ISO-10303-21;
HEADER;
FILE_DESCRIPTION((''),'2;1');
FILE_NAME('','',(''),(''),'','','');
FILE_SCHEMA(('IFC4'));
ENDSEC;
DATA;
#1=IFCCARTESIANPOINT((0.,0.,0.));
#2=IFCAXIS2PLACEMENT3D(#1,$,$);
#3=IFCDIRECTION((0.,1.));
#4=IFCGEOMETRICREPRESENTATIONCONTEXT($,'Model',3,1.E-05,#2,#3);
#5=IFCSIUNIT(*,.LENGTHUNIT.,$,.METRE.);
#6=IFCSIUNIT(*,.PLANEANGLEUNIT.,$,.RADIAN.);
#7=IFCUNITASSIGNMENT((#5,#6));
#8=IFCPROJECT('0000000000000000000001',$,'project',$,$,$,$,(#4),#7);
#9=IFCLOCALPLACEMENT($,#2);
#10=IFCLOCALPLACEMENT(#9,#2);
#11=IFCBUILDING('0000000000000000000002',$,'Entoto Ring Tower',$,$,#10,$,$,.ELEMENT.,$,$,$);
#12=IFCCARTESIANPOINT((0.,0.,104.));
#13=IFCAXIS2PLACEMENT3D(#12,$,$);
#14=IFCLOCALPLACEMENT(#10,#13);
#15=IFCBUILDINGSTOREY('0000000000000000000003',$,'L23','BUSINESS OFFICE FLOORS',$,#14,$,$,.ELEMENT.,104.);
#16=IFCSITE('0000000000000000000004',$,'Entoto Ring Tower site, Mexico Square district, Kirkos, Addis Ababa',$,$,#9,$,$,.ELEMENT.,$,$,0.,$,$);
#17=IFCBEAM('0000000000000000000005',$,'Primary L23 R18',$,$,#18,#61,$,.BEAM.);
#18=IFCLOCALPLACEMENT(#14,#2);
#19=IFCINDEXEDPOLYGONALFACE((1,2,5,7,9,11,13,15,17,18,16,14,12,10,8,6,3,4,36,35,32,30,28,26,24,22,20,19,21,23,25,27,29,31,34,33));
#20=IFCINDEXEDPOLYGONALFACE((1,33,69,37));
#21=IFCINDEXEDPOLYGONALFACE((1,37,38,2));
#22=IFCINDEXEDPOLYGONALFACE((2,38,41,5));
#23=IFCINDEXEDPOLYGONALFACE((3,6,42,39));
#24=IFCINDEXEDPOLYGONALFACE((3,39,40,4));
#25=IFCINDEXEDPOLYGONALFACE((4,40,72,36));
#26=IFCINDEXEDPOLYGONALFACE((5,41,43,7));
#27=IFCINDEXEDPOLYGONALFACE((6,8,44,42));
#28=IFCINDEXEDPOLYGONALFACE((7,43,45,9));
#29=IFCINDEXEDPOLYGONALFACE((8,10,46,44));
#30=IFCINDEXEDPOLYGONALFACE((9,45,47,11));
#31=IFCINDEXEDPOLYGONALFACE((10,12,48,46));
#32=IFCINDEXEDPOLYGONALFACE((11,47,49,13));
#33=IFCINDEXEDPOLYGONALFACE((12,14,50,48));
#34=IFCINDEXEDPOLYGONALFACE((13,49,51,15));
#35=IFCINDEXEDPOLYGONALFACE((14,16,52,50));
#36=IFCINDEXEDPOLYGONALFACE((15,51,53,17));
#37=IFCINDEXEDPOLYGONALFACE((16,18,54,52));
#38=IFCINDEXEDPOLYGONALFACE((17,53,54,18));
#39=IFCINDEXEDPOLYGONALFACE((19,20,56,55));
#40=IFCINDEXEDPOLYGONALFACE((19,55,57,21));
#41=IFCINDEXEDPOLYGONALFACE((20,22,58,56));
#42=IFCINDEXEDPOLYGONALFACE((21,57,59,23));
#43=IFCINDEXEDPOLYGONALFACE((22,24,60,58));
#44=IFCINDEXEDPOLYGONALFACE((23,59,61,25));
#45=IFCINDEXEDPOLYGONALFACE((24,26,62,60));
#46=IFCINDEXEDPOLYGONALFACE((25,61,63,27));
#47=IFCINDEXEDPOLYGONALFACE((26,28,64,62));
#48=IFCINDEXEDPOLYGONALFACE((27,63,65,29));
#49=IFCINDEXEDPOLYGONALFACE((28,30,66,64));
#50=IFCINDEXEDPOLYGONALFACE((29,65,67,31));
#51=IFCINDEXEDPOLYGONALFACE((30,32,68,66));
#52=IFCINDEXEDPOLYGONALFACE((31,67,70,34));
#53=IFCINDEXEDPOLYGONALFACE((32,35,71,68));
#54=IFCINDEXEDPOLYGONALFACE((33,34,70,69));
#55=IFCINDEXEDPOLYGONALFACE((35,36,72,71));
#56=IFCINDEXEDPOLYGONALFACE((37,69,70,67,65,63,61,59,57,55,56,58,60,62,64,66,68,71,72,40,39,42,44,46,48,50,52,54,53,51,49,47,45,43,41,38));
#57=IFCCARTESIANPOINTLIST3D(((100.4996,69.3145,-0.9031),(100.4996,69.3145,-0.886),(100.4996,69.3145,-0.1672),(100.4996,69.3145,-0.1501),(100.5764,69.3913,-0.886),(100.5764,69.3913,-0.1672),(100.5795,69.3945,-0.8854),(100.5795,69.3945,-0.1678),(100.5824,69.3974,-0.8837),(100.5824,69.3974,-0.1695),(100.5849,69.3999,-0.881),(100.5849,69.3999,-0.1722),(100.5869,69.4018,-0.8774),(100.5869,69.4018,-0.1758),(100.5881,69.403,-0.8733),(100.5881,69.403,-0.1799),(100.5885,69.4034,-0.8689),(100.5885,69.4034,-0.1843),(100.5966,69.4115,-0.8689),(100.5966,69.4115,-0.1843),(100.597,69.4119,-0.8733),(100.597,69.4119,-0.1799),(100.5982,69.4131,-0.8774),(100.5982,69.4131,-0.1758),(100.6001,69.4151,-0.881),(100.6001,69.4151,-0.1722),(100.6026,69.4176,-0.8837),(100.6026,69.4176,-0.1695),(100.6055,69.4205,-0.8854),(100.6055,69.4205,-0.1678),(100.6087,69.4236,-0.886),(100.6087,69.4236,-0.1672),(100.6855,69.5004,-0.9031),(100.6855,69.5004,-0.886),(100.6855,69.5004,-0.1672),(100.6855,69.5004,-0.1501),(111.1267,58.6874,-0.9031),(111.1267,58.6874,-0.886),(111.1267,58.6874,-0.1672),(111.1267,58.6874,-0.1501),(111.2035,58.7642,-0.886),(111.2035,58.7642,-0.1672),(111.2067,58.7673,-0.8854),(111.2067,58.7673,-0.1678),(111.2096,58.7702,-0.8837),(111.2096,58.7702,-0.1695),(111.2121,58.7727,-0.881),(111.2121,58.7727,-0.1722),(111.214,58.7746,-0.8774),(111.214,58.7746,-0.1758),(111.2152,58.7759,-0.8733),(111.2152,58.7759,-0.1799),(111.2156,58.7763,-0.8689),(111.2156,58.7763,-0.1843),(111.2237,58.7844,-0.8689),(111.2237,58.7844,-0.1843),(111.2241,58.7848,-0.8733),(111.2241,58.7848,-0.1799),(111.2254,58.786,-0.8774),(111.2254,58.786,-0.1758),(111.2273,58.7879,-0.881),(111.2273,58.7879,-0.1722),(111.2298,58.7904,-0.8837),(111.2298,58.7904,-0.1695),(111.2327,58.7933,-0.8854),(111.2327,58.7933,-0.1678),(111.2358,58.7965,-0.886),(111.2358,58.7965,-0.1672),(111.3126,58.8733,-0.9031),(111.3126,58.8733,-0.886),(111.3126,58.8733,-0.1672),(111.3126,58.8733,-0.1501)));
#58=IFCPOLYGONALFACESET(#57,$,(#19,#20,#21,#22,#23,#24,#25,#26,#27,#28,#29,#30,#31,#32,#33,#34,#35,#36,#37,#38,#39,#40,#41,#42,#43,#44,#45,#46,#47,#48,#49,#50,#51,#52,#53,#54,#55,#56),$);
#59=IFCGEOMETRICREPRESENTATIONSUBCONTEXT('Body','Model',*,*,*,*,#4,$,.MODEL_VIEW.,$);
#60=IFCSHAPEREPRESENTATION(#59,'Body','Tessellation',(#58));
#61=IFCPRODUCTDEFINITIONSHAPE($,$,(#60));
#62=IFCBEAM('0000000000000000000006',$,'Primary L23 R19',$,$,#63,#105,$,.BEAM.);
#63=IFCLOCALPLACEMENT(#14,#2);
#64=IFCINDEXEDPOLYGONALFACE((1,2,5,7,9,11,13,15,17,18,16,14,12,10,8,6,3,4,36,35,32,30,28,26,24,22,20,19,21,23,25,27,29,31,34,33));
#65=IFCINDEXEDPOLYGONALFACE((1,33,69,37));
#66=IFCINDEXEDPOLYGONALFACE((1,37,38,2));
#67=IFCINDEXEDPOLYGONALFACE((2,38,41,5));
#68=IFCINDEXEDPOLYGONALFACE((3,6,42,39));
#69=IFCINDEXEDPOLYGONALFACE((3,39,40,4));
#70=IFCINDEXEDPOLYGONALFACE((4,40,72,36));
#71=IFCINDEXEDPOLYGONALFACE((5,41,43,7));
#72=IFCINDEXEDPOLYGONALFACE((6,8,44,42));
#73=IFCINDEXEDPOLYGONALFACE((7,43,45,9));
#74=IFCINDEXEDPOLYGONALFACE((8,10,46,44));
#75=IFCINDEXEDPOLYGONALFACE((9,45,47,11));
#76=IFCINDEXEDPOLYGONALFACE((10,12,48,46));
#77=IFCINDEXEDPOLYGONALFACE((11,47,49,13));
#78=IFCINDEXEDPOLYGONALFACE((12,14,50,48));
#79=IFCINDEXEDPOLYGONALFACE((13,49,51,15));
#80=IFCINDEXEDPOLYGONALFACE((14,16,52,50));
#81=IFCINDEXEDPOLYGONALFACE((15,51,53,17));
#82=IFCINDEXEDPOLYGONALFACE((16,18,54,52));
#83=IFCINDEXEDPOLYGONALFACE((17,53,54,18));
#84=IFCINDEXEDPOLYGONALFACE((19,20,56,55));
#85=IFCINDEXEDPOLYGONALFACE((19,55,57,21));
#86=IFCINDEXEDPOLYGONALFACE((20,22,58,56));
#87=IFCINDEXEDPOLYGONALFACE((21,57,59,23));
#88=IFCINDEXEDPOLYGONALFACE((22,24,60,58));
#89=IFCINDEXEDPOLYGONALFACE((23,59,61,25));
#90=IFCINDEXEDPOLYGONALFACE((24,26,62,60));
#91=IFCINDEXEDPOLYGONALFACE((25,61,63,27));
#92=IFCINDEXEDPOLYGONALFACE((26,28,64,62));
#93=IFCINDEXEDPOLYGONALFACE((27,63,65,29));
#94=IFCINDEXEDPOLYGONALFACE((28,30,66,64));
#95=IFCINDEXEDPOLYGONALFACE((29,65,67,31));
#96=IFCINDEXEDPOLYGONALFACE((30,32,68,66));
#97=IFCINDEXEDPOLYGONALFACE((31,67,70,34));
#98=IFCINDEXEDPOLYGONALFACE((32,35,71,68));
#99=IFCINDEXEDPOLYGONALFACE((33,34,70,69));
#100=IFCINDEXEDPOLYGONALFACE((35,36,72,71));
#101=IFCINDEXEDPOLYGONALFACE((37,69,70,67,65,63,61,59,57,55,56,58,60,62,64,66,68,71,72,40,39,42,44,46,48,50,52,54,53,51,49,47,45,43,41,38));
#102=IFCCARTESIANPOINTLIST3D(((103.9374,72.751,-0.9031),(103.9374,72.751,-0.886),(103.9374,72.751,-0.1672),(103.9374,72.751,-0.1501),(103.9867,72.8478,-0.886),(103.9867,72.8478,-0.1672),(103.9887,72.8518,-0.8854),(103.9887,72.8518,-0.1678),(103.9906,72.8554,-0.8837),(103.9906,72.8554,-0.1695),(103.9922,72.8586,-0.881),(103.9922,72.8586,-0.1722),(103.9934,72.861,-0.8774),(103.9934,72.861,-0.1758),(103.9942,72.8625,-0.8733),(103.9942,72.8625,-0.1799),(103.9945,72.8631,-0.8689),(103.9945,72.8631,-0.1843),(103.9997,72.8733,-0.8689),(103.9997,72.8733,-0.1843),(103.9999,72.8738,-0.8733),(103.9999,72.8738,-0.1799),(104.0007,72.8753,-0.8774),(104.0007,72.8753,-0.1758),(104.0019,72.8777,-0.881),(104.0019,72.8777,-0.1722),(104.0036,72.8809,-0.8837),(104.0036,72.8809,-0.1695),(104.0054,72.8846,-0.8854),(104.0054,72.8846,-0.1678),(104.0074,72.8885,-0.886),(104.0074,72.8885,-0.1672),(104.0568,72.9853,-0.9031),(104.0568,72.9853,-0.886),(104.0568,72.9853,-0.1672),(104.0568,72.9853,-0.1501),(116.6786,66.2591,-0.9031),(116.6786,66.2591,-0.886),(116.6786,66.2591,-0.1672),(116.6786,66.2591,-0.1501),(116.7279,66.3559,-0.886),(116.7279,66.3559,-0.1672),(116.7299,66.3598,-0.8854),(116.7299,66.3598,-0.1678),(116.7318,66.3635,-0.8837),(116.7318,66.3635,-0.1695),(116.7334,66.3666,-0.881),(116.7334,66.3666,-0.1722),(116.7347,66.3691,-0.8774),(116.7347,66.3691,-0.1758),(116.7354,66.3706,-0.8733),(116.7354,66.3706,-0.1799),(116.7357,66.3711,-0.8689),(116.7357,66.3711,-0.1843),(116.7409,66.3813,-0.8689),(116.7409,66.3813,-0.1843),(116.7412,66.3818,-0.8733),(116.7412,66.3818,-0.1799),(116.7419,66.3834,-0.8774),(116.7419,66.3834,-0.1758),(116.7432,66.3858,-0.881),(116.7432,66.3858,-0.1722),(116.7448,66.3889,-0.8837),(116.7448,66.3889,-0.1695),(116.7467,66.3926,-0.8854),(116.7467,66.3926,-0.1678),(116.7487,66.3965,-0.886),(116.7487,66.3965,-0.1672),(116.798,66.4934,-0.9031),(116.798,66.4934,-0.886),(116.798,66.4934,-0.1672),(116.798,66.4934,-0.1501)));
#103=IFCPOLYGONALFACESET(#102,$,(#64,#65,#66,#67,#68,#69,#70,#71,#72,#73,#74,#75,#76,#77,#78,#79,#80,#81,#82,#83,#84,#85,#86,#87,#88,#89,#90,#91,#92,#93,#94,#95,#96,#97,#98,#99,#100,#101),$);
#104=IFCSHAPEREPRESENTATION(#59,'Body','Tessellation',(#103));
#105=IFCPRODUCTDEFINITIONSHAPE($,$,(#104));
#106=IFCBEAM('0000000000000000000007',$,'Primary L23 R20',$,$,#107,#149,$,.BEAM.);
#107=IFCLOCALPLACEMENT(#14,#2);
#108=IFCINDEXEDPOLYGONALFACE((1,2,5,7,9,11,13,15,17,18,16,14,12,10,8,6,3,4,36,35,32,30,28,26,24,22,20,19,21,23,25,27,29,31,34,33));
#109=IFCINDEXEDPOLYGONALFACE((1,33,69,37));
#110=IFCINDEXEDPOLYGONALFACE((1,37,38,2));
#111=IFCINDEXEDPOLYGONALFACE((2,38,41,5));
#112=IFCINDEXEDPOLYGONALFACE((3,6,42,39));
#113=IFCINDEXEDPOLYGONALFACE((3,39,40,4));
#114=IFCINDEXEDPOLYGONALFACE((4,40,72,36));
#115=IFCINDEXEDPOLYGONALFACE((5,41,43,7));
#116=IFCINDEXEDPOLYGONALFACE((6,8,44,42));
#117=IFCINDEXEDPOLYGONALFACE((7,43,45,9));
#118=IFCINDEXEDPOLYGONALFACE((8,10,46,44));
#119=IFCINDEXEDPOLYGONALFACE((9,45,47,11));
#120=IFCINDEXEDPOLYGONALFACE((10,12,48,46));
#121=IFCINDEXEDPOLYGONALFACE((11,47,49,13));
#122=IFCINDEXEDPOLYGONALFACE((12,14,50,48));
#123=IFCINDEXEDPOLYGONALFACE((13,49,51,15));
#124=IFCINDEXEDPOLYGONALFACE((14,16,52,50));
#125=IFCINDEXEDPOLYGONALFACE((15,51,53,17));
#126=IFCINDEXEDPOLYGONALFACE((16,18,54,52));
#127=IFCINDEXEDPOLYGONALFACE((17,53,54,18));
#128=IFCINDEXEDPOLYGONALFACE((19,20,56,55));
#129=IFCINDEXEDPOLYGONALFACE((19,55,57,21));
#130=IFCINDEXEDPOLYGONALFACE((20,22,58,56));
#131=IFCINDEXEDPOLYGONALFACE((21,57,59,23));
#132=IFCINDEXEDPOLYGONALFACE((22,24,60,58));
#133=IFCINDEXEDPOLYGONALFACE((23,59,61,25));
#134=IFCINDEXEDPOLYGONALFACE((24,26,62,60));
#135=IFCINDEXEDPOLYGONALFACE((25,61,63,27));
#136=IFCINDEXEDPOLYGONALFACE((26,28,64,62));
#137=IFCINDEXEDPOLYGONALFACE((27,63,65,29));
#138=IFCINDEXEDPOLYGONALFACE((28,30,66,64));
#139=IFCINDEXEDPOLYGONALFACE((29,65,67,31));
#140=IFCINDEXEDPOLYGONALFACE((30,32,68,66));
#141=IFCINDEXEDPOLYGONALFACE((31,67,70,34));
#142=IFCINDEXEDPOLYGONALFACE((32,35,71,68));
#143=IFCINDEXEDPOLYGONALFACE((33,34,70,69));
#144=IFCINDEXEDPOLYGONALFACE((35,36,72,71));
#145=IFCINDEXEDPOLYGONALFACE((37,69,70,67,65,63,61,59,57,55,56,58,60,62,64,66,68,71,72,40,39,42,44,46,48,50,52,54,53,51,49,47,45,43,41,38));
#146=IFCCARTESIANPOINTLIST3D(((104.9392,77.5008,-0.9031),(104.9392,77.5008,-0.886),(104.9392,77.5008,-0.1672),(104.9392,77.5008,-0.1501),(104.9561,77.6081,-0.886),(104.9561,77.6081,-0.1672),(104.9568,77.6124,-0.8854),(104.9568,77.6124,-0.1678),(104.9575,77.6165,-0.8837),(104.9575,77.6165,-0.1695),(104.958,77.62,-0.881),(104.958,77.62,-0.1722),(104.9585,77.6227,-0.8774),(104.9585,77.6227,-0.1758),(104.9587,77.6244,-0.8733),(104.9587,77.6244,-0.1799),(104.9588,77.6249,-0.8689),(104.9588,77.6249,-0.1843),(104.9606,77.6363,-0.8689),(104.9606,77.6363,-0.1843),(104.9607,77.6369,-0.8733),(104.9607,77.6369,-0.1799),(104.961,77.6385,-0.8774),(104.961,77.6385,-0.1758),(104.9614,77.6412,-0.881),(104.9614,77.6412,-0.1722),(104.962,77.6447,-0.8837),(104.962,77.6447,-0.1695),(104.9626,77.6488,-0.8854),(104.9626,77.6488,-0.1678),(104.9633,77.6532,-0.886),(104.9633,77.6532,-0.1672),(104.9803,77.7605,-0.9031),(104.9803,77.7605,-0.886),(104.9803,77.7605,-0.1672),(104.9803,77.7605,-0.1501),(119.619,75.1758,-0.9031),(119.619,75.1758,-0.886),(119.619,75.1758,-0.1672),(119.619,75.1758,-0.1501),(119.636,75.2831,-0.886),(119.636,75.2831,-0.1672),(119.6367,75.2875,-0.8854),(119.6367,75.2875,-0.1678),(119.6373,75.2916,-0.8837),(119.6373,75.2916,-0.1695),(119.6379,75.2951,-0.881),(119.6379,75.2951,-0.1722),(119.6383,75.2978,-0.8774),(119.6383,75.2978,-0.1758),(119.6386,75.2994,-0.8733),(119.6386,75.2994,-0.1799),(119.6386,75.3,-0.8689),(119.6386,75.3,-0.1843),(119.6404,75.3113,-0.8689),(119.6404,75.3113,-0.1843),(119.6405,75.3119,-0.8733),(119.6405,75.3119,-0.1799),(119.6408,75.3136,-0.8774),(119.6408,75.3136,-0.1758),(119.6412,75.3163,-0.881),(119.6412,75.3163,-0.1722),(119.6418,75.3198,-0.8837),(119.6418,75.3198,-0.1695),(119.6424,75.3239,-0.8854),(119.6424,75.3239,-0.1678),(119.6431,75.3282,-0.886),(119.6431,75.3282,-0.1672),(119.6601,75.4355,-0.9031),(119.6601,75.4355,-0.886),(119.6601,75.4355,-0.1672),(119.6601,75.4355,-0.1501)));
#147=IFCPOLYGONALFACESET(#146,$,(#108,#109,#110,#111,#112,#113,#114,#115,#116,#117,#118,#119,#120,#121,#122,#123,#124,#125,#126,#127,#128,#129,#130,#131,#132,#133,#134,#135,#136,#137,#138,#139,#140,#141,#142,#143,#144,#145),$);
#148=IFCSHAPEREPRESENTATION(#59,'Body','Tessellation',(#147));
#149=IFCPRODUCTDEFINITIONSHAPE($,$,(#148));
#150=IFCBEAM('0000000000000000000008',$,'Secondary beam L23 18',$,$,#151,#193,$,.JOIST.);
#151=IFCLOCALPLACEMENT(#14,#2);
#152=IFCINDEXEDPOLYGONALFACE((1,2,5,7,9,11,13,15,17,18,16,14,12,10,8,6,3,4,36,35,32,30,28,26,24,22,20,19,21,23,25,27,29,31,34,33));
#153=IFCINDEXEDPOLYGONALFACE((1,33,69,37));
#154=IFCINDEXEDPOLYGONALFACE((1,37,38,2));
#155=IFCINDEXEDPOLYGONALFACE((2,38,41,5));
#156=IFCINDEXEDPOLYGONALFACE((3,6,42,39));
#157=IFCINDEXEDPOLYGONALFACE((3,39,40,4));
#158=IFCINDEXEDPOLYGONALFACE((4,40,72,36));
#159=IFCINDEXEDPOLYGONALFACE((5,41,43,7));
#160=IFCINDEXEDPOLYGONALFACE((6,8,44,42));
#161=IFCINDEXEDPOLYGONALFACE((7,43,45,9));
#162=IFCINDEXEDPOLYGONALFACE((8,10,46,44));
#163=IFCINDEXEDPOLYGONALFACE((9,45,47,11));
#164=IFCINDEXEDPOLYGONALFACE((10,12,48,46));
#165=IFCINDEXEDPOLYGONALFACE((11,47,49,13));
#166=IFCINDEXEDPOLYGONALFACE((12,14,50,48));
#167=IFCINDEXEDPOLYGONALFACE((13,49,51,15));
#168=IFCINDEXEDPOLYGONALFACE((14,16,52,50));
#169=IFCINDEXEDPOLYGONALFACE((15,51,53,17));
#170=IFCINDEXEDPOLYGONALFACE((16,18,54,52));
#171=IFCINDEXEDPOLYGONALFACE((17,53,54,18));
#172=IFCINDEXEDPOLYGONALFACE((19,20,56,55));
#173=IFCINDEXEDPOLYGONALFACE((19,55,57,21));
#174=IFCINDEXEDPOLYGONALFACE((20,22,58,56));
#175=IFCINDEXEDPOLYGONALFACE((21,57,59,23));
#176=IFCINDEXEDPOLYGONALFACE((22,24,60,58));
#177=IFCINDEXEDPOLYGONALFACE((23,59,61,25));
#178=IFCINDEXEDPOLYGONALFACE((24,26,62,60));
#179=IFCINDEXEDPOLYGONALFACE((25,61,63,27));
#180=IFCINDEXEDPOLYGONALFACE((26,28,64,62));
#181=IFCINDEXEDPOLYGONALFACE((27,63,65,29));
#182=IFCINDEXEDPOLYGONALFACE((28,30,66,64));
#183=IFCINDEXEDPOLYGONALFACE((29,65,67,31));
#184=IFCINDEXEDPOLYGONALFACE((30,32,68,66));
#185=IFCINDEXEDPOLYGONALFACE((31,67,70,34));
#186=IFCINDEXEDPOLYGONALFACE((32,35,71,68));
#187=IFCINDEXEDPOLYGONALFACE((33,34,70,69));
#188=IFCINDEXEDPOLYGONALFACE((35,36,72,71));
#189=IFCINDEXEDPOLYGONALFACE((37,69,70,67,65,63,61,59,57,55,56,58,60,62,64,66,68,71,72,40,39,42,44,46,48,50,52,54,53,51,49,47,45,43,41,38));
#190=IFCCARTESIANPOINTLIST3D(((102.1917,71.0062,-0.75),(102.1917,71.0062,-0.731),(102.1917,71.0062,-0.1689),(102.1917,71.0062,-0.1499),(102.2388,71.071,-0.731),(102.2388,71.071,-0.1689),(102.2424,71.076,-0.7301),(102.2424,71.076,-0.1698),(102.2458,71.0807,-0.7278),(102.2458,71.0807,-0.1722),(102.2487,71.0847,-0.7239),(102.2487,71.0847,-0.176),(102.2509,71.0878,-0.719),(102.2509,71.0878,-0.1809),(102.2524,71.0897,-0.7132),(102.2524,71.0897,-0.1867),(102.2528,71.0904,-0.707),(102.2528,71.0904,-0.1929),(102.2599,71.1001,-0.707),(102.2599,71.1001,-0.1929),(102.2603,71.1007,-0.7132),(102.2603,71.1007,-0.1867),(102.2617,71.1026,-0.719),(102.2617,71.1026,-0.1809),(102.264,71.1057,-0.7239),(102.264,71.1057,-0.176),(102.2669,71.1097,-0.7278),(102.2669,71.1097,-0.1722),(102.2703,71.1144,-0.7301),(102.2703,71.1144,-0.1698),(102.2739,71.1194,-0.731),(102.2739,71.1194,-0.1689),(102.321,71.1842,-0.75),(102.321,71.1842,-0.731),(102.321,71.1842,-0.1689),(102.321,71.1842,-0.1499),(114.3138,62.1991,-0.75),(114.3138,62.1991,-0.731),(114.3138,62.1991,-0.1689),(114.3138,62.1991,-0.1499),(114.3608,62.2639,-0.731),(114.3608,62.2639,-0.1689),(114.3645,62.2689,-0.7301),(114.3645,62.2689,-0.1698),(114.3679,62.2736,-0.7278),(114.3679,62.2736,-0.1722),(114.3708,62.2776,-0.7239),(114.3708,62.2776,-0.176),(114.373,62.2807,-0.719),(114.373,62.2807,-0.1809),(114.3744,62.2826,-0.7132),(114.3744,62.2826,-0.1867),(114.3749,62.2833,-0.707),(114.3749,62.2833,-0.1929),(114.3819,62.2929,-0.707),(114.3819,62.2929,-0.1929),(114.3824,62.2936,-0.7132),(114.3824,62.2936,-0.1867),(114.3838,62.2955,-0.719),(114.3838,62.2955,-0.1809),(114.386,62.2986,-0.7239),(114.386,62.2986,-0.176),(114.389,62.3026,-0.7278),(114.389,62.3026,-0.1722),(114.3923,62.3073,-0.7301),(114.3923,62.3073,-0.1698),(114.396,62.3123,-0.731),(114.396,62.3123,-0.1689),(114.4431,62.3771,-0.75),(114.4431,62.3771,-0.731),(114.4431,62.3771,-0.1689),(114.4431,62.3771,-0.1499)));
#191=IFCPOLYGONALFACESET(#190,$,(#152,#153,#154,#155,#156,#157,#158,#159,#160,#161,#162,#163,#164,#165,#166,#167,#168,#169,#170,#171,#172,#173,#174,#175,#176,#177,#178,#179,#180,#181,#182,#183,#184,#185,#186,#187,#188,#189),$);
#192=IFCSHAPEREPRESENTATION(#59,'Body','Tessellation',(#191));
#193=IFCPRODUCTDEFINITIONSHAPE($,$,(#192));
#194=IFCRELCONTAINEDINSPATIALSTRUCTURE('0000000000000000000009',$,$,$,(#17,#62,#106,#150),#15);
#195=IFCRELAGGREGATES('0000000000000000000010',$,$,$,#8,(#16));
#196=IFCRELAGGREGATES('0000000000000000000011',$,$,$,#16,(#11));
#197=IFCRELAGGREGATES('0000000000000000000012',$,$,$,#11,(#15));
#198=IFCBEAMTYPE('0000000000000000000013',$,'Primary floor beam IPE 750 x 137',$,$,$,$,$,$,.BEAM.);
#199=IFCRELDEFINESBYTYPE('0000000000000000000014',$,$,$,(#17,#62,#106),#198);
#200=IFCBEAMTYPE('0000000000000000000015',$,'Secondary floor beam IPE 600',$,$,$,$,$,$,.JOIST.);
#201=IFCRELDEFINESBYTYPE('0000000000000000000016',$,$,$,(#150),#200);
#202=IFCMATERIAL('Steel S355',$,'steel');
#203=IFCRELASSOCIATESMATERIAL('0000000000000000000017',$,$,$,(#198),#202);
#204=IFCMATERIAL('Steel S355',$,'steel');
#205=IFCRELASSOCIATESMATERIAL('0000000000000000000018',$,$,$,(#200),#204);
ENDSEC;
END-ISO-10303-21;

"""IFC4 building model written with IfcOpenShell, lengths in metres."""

from ifc_helpers import new_model, si_unit, direction, frame, origin, origin_2d, place, context, subcontext, project, spatial, i_section, extrude, material, material_profile, profile_set, type_object, element, save


model = new_model("IFC4")

# Units and contexts
model_context = context("Model", 3, precision=1e-05, world=origin(), true_north=direction((0.0, 1.0)))
body_context = subcontext(model_context, "Body", "Model", "MODEL_VIEW")
ifc_project = project(units=[si_unit("LENGTHUNIT", "METRE"), si_unit("PLANEANGLEUNIT", "RADIAN")], contexts=[model_context])

# Site, building, storey
site_placement = place(None, origin())
site = spatial("IfcSite", under=ifc_project, at=site_placement, Name="Entoto Ring Tower site, Mexico Square district, Kirkos, Addis Ababa", CompositionType="ELEMENT", RefElevation=0.0)
building_placement = place(site_placement, origin())
building = spatial("IfcBuilding", under=site, at=building_placement, Name="Entoto Ring Tower", CompositionType="ELEMENT")
storey_placement = place(building_placement, frame((0.0, 0.0, 104.0)))
storey = spatial("IfcBuildingStorey", under=building, at=storey_placement, Name="L23", Description="BUSINESS OFFICE FLOORS", CompositionType="ELEMENT", Elevation=104.0)

# Beams
ifc_material_1 = material(Name="Steel S355", Category="steel")
ifc_material_profile_1 = material_profile(ifc_material_1, i_section(OverallWidth=0.2629, OverallDepth=0.7529, WebThickness=0.0115, FlangeThickness=0.0171, FilletRadius=0.0171, at=origin_2d()), Name="IPE 750 x 137")
ifc_profile_set_1 = profile_set([ifc_material_profile_1], Name="Steel S355")
beam_type_1 = type_object("IfcBeamType", Name="Primary floor beam IPE 750 x 137", PredefinedType="BEAM", material=ifc_profile_set_1)
beam_1_placement = place(storey_placement, frame((100.5925, 69.4075, -0.5266), z_axis=(0.707107, -0.707107, 0.0), x_axis=(0.707107, 0.707107, 0.0)))
element("IfcBeam", 1, at=beam_1_placement, inside=storey, type_object=beam_type_1, Name="Primary L23 R18", PredefinedType="BEAM", context=body_context, shape_type="SweptSolid", body=[
    extrude(i_section(OverallWidth=0.2629, OverallDepth=0.7529, WebThickness=0.0115, FlangeThickness=0.0171, FilletRadius=0.0171, at=origin_2d()), origin(), (0.0, 0.0, 1.0), 15.0291),
])
beam_2_placement = place(storey_placement, frame((103.9971, 72.8682, -0.5266), z_axis=(0.891007, -0.453989, 0.0), x_axis=(0.453989, 0.891007, 0.0)))
element("IfcBeam", 2, at=beam_2_placement, inside=storey, type_object=beam_type_1, Name="Primary L23 R19", PredefinedType="BEAM", context=body_context, shape_type="SweptSolid", body=[
    extrude(i_section(OverallWidth=0.2629, OverallDepth=0.7529, WebThickness=0.0115, FlangeThickness=0.0171, FilletRadius=0.0171, at=origin_2d()), origin(), (0.0, 0.0, 1.0), 14.2998),
])
beam_3_placement = place(storey_placement, frame((104.9597, 77.6306, -0.5266), z_axis=(0.98769, -0.156426, 0.0), x_axis=(0.156426, 0.98769, 0.0)))
element("IfcBeam", 3, at=beam_3_placement, inside=storey, type_object=beam_type_1, Name="Primary L23 R20", PredefinedType="BEAM", context=body_context, shape_type="SweptSolid", body=[
    extrude(i_section(OverallWidth=0.2629, OverallDepth=0.7529, WebThickness=0.0115, FlangeThickness=0.0171, FilletRadius=0.0171, at=origin_2d()), origin(), (0.0, 0.0, 1.0), 14.8628),
])
ifc_material_2 = material(Name="Steel S355", Category="steel")
ifc_material_profile_2 = material_profile(ifc_material_2, i_section(OverallWidth=0.22, OverallDepth=0.6001, WebThickness=0.012, FlangeThickness=0.019, FilletRadius=0.0239, at=origin_2d()), Name="IPE 600")
ifc_profile_set_2 = profile_set([ifc_material_profile_2], Name="Steel S355")
beam_type_2 = type_object("IfcBeamType", Name="Secondary floor beam IPE 600", PredefinedType="JOIST", material=ifc_profile_set_2)
beam_4_placement = place(storey_placement, frame((102.2563, 71.0952, -0.45), z_axis=(0.809019, -0.587782, 0.0), x_axis=(0.587782, 0.809019, 0.0)))
element("IfcBeam", 4, at=beam_4_placement, inside=storey, type_object=beam_type_2, Name="Secondary beam L23 18", PredefinedType="JOIST", context=body_context, shape_type="SweptSolid", body=[
    extrude(i_section(OverallWidth=0.22, OverallDepth=0.6001, WebThickness=0.012, FlangeThickness=0.019, FilletRadius=0.0239, at=origin_2d()), origin(), (0.0, 0.0, 1.0), 14.9836),
])

save(model, "model.ifc")
